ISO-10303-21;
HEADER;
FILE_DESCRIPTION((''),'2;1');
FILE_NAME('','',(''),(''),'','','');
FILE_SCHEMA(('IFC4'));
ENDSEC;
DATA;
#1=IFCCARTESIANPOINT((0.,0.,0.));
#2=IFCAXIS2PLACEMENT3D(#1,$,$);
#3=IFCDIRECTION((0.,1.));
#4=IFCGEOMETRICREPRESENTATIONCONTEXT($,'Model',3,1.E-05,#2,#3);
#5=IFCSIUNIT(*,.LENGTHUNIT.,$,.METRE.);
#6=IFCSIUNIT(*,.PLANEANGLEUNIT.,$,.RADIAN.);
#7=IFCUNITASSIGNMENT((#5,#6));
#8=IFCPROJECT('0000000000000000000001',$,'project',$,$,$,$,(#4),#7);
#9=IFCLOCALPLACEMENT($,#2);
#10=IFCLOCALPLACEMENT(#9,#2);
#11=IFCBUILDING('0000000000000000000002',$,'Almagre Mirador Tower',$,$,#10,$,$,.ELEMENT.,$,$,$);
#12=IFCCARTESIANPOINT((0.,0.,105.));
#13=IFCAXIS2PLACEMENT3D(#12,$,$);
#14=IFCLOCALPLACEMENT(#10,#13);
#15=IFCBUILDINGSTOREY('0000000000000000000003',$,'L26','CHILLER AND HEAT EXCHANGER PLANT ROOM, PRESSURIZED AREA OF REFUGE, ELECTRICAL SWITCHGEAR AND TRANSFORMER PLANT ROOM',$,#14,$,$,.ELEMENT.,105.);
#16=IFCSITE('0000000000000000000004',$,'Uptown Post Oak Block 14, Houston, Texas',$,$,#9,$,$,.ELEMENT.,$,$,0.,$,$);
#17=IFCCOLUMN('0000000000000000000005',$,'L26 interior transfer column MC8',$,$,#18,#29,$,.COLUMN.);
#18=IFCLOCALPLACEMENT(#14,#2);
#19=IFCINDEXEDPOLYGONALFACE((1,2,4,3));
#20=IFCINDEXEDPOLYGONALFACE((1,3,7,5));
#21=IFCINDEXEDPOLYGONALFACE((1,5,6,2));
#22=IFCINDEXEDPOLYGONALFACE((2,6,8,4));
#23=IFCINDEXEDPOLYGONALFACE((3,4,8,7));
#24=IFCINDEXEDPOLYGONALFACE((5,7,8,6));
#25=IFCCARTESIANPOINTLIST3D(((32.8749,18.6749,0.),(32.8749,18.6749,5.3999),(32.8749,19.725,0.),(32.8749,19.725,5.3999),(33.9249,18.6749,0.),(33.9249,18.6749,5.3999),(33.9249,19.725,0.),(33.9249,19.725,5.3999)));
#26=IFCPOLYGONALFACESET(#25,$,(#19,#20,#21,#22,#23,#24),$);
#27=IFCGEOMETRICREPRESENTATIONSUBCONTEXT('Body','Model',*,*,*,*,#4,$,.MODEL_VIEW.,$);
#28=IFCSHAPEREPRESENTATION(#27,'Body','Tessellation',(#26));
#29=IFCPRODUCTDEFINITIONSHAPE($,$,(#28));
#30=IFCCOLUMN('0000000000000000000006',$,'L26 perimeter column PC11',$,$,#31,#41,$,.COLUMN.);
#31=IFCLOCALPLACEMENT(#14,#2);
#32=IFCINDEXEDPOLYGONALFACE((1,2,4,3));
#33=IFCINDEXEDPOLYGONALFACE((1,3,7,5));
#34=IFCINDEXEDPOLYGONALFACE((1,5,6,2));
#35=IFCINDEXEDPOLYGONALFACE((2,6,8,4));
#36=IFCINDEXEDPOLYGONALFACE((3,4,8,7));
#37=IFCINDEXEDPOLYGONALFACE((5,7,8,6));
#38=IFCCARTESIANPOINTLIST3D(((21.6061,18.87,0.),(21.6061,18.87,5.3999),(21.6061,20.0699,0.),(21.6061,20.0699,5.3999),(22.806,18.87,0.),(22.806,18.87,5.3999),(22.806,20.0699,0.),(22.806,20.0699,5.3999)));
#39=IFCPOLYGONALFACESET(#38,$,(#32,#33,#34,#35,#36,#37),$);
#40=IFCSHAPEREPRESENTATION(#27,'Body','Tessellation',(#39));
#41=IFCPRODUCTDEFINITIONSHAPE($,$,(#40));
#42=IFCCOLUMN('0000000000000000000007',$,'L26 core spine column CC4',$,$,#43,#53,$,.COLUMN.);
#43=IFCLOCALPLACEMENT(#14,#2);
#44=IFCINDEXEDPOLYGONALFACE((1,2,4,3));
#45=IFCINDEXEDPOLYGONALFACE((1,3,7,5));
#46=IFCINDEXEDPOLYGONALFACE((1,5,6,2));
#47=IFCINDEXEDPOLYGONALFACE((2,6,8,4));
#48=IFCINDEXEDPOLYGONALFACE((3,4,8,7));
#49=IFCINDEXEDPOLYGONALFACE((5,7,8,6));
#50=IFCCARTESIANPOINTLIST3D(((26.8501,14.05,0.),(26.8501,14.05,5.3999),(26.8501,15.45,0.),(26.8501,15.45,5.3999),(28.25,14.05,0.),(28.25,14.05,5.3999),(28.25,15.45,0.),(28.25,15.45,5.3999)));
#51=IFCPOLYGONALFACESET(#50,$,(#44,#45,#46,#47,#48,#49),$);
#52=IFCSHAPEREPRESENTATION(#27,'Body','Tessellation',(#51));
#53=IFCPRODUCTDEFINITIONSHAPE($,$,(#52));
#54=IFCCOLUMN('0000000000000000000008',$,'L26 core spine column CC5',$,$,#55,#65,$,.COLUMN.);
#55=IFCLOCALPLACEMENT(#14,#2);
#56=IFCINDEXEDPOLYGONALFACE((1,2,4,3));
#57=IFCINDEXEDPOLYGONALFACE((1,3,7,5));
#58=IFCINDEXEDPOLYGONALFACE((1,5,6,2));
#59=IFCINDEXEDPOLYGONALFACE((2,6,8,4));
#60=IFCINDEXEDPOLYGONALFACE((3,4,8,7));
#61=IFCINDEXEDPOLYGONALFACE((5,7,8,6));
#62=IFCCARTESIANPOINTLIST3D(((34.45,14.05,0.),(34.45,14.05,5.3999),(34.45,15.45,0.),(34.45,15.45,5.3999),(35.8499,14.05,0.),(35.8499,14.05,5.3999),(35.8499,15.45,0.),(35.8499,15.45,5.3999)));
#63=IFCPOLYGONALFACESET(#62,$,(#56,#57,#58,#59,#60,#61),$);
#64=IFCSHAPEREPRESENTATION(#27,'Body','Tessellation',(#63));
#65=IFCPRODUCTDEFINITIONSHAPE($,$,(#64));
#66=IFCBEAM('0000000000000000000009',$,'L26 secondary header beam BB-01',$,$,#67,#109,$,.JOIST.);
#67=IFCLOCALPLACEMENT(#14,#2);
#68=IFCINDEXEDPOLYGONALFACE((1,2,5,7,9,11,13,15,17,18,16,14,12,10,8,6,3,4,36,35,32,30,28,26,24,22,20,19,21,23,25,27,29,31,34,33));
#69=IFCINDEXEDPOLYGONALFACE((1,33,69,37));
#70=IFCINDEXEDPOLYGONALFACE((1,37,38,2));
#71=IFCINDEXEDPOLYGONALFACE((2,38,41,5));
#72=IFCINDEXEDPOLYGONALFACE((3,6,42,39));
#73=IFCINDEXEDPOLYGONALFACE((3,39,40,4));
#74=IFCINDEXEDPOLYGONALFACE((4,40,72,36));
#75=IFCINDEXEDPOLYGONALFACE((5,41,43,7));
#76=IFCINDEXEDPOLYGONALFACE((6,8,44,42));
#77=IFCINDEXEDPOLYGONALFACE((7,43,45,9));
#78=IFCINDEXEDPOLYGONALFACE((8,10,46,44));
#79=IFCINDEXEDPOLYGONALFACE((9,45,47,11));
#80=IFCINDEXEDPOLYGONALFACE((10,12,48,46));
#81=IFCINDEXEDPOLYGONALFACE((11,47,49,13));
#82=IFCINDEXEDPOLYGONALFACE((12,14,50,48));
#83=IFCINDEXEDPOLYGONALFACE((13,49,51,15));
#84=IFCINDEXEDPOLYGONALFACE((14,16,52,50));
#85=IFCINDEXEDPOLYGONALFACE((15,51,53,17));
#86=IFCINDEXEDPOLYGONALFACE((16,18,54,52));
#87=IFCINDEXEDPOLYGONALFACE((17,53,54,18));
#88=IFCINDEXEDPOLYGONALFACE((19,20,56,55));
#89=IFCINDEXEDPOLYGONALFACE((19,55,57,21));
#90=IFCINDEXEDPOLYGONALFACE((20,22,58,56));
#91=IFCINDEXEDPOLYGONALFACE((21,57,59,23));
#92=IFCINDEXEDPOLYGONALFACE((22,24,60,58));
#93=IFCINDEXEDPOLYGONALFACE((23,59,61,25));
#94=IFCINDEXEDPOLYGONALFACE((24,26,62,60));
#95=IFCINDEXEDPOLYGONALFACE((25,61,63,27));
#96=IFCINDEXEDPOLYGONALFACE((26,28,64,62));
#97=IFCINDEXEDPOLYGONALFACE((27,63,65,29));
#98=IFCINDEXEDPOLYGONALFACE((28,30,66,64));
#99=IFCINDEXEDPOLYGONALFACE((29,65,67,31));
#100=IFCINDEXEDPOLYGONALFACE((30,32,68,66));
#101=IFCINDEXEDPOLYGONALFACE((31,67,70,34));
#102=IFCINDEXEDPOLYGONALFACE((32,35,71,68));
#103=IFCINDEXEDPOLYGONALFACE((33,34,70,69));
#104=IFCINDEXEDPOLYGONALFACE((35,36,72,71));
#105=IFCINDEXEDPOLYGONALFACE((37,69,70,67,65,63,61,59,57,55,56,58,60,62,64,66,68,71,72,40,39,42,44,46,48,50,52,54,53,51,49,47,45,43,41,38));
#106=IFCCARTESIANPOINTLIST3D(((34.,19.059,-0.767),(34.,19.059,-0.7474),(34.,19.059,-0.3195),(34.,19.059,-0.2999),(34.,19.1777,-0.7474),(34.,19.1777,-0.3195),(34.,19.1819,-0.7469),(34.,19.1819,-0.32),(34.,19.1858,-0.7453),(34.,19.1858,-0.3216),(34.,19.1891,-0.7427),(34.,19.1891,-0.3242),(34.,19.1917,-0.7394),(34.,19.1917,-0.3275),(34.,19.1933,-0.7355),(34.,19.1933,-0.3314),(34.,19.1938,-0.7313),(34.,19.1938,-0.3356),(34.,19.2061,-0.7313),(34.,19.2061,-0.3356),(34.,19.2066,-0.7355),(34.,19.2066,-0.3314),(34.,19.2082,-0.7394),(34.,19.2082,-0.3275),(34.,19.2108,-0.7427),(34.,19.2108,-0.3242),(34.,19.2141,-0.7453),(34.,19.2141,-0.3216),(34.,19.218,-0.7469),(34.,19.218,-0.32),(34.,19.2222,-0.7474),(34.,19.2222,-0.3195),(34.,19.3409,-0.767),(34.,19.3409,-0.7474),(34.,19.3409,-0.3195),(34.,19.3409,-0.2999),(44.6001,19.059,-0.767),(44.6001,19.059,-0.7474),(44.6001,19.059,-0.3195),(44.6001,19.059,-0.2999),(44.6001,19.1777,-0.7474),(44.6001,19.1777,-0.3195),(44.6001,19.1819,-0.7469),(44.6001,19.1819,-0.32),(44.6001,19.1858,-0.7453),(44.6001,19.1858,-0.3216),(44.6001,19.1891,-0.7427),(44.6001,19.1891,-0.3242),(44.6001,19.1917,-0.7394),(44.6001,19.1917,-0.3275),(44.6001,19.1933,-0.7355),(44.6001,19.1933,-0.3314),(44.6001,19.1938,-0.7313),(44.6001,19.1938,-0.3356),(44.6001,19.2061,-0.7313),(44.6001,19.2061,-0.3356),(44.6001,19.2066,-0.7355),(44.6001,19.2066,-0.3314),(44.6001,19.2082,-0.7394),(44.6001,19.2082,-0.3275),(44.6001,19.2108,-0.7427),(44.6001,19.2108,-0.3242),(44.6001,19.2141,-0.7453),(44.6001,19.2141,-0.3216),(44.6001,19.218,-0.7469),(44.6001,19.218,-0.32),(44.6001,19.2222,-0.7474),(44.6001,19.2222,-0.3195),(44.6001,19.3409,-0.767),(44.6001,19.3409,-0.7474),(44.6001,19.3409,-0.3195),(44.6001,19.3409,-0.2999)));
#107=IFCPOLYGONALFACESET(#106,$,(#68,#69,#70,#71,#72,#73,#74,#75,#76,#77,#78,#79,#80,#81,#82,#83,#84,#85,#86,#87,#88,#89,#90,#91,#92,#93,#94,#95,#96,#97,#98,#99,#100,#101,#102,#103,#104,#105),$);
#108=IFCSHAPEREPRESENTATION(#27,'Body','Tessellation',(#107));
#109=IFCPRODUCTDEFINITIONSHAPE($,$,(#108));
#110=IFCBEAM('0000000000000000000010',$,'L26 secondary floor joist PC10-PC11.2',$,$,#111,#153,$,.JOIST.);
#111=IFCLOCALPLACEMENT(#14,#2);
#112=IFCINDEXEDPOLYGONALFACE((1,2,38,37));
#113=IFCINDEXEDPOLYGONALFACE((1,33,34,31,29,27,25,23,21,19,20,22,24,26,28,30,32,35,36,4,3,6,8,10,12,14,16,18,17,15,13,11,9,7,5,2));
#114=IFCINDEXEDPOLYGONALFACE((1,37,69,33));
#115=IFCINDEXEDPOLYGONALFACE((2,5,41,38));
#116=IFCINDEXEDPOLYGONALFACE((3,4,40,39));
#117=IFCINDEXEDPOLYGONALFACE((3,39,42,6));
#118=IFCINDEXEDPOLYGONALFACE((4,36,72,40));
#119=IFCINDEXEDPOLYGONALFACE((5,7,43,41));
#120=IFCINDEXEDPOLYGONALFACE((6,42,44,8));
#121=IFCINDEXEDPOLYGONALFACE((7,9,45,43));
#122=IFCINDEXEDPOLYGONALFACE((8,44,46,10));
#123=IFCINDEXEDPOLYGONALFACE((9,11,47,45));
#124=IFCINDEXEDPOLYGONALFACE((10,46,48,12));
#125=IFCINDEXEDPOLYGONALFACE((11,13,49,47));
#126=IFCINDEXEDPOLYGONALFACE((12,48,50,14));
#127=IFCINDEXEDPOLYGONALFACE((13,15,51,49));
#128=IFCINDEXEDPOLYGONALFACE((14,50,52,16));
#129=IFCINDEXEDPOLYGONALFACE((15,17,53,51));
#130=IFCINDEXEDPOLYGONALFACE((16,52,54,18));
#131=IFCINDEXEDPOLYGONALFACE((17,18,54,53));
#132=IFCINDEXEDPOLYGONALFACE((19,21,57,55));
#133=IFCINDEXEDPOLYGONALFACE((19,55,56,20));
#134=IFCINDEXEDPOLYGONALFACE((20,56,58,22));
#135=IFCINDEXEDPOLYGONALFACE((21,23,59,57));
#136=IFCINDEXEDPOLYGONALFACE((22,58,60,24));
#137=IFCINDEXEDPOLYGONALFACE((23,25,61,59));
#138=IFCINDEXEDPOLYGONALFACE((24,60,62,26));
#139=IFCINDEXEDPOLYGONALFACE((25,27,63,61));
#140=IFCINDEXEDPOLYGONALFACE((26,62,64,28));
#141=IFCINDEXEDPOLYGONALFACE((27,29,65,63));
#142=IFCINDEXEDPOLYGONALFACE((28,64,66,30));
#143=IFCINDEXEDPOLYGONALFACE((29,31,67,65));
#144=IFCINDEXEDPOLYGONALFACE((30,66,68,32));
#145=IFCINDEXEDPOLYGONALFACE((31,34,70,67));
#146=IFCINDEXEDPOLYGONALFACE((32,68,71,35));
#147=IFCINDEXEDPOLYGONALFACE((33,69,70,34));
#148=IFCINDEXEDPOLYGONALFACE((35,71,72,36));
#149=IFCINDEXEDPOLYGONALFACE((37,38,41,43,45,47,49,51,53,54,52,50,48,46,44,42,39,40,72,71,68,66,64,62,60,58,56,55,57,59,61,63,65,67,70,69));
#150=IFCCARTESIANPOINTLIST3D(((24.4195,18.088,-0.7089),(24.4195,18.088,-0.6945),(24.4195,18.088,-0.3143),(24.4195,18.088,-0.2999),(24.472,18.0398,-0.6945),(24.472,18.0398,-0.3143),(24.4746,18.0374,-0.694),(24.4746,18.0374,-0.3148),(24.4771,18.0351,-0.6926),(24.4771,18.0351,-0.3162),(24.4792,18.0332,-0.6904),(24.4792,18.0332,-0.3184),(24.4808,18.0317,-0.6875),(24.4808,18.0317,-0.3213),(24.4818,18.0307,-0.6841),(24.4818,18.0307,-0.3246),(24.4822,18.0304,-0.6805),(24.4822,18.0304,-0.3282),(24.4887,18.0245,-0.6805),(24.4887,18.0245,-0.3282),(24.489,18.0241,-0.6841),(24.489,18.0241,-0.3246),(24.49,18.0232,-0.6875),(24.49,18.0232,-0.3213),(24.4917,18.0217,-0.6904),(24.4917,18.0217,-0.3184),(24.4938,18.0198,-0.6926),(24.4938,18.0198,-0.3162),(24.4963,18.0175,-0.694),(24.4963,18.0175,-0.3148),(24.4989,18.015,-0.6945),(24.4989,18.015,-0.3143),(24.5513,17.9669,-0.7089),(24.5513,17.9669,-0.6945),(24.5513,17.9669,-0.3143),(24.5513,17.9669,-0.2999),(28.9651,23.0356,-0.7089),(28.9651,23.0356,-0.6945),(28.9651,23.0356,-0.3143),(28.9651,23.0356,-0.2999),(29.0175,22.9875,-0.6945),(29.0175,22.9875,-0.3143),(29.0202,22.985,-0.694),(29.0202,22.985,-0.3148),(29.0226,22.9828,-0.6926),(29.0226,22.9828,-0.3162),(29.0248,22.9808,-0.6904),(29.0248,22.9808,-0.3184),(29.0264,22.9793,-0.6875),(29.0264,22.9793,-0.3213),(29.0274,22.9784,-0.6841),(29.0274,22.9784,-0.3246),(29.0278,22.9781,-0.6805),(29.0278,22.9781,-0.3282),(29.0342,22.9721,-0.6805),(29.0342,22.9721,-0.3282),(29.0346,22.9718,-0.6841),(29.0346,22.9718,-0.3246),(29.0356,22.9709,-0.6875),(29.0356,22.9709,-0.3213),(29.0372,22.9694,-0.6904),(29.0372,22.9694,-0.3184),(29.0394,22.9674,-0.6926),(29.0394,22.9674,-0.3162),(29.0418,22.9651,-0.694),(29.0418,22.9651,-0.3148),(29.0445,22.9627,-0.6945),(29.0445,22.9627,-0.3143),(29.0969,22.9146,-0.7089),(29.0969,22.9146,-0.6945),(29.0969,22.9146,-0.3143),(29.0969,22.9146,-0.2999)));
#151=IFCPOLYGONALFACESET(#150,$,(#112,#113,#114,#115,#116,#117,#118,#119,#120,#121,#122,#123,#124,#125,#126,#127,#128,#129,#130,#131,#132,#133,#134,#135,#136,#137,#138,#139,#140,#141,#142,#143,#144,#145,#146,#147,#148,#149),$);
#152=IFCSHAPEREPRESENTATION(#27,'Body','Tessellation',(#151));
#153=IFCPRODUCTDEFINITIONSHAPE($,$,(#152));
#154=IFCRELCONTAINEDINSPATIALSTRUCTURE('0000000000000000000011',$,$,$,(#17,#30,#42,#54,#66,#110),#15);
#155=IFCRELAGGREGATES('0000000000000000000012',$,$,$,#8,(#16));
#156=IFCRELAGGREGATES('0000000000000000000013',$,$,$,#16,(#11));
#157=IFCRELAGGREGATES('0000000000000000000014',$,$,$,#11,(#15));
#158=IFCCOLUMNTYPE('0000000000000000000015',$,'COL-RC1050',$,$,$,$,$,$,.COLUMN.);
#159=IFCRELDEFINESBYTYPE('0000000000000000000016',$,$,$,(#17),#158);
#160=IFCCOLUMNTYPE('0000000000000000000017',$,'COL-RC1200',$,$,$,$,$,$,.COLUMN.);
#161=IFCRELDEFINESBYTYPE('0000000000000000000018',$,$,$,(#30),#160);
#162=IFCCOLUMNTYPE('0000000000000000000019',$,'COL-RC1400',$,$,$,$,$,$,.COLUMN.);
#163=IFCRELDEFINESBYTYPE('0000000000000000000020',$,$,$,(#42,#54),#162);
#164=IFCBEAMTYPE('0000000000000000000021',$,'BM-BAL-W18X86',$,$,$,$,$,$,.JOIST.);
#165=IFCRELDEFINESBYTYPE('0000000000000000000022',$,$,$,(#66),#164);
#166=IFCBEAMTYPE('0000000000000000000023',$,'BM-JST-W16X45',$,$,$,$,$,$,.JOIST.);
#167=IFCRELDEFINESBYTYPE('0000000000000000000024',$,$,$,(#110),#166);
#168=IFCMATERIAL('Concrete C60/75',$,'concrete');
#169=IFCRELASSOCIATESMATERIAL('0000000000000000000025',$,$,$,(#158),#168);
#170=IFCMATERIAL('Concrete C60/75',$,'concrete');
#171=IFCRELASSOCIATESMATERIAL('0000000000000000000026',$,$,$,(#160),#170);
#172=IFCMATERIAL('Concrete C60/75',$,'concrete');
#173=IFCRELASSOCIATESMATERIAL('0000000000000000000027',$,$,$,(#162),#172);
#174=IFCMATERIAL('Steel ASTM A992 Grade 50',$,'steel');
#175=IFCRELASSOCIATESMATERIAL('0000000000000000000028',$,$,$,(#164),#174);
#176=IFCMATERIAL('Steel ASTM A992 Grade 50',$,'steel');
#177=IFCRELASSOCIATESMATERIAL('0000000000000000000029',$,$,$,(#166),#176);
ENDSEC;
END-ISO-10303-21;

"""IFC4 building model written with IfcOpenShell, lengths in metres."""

from ifc_helpers import new_model, si_unit, direction, frame, origin, origin_2d, place, context, subcontext, project, spatial, rectangle, i_section, extrude, material, material_profile, profile_set, type_object, element, save


model = new_model("IFC4")

# Units and contexts
model_context = context("Model", 3, precision=1e-05, world=origin(), true_north=direction((0.0, 1.0)))
body_context = subcontext(model_context, "Body", "Model", "MODEL_VIEW")
ifc_project = project(units=[si_unit("LENGTHUNIT", "METRE"), si_unit("PLANEANGLEUNIT", "RADIAN")], contexts=[model_context])

# Site, building, storey
site_placement = place(None, origin())
site = spatial("IfcSite", under=ifc_project, at=site_placement, Name="Uptown Post Oak Block 14, Houston, Texas", CompositionType="ELEMENT", RefElevation=0.0)
building_placement = place(site_placement, origin())
building = spatial("IfcBuilding", under=site, at=building_placement, Name="Almagre Mirador Tower", CompositionType="ELEMENT")
storey_placement = place(building_placement, frame((0.0, 0.0, 105.0)))
storey = spatial("IfcBuildingStorey", under=building, at=storey_placement, Name="L26", Description="CHILLER AND HEAT EXCHANGER PLANT ROOM, PRESSURIZED AREA OF REFUGE, ELECTRICAL SWITCHGEAR AND TRANSFORMER PLANT ROOM", CompositionType="ELEMENT", Elevation=105.0)

# Columns
ifc_material_1 = material(Name="Concrete C60/75", Category="concrete")
ifc_material_profile_1 = material_profile(ifc_material_1, rectangle(XDim=1.05, YDim=1.05, at=origin_2d()), Name="RC1050X1050")
ifc_profile_set_1 = profile_set([ifc_material_profile_1], Name="Concrete C60/75")
column_type_1 = type_object("IfcColumnType", Name="COL-RC1050", PredefinedType="COLUMN", material=ifc_profile_set_1)
column_1_placement = place(storey_placement, frame((33.3999, 19.2, 0.0), z_axis=(0.0, 0.0, 1.0), x_axis=(1.0, 0.0, 0.0)))
element("IfcColumn", 1, at=column_1_placement, inside=storey, type_object=column_type_1, Name="L26 interior transfer column MC8", PredefinedType="COLUMN", context=body_context, shape_type="SweptSolid", body=[
    extrude(rectangle(XDim=1.05, YDim=1.05, at=origin_2d()), origin(), (0.0, 0.0, 1.0), 5.3999),
])
ifc_material_2 = material(Name="Concrete C60/75", Category="concrete")
ifc_material_profile_2 = material_profile(ifc_material_2, rectangle(XDim=1.2, YDim=1.2, at=origin_2d()), Name="RC1200X1200")
ifc_profile_set_2 = profile_set([ifc_material_profile_2], Name="Concrete C60/75")
column_type_2 = type_object("IfcColumnType", Name="COL-RC1200", PredefinedType="COLUMN", material=ifc_profile_set_2)
column_2_placement = place(storey_placement, frame((22.2061, 19.47, 0.0), z_axis=(0.0, 0.0, 1.0), x_axis=(1.0, 0.0, 0.0)))
element("IfcColumn", 2, at=column_2_placement, inside=storey, type_object=column_type_2, Name="L26 perimeter column PC11", PredefinedType="COLUMN", context=body_context, shape_type="SweptSolid", body=[
    extrude(rectangle(XDim=1.2, YDim=1.2, at=origin_2d()), origin(), (0.0, 0.0, 1.0), 5.3999),
])
ifc_material_3 = material(Name="Concrete C60/75", Category="concrete")
ifc_material_profile_3 = material_profile(ifc_material_3, rectangle(XDim=1.3999, YDim=1.3999, at=origin_2d()), Name="RC1400X1400")
ifc_profile_set_3 = profile_set([ifc_material_profile_3], Name="Concrete C60/75")
column_type_3 = type_object("IfcColumnType", Name="COL-RC1400", PredefinedType="COLUMN", material=ifc_profile_set_3)
for number, where, z_axis, x_axis, name in (
    (3, (27.55, 14.75, 0.0), (0.0, 0.0, 1.0), (1.0, 0.0, 0.0), "L26 core spine column CC4"),
    (4, (35.1499, 14.75, 0.0), (0.0, 0.0, 1.0), (1.0, 0.0, 0.0), "L26 core spine column CC5"),
):
    element("IfcColumn", number, at=place(storey_placement, frame(where, z_axis=z_axis, x_axis=x_axis)), inside=storey, type_object=column_type_3, Name=name, PredefinedType="COLUMN", context=body_context, shape_type="SweptSolid", body=[
        extrude(rectangle(XDim=1.3999, YDim=1.3999, at=origin_2d()), origin(), (0.0, 0.0, 1.0), 5.3999),
    ])

# Beams
ifc_material_4 = material(Name="Steel ASTM A992 Grade 50", Category="steel")
ifc_material_profile_4 = material_profile(ifc_material_4, i_section(OverallWidth=0.282, OverallDepth=0.467, WebThickness=0.0122, FlangeThickness=0.0195, FilletRadius=0.0161, at=origin_2d()), Name="W18X86")
ifc_profile_set_4 = profile_set([ifc_material_profile_4], Name="Steel ASTM A992 Grade 50")
beam_type_1 = type_object("IfcBeamType", Name="BM-BAL-W18X86", PredefinedType="JOIST", material=ifc_profile_set_4)
beam_1_placement = place(storey_placement, frame((34.0, 19.2, -0.5334), z_axis=(1.0, 0.0, 0.0), x_axis=(0.0, 1.0, 0.0)))
element("IfcBeam", 5, at=beam_1_placement, inside=storey, type_object=beam_type_1, Name="L26 secondary header beam BB-01", PredefinedType="JOIST", context=body_context, shape_type="SweptSolid", body=[
    extrude(i_section(OverallWidth=0.282, OverallDepth=0.467, WebThickness=0.0122, FlangeThickness=0.0195, FilletRadius=0.0161, at=origin_2d()), origin(), (0.0, 0.0, 1.0), 10.6001),
])
ifc_material_5 = material(Name="Steel ASTM A992 Grade 50", Category="steel")
ifc_material_profile_5 = material_profile(ifc_material_5, i_section(OverallWidth=0.179, OverallDepth=0.4089, WebThickness=0.0088, FlangeThickness=0.0144, FilletRadius=0.0139, at=origin_2d()), Name="W16X45")
ifc_profile_set_5 = profile_set([ifc_material_profile_5], Name="Steel ASTM A992 Grade 50")
beam_type_2 = type_object("IfcBeamType", Name="BM-JST-W16X45", PredefinedType="JOIST", material=ifc_profile_set_5)
beam_2_placement = place(storey_placement, frame((29.031, 22.9751, -0.5044), z_axis=(-0.67655, -0.736397, 0.0), x_axis=(0.736397, -0.67655, 0.0)))
element("IfcBeam", 6, at=beam_2_placement, inside=storey, type_object=beam_type_2, Name="L26 secondary floor joist PC10-PC11.2", PredefinedType="JOIST", context=body_context, shape_type="SweptSolid", body=[
    extrude(i_section(OverallWidth=0.179, OverallDepth=0.4089, WebThickness=0.0088, FlangeThickness=0.0144, FilletRadius=0.0139, at=origin_2d()), origin(), (0.0, 0.0, 1.0), 6.7188),
])

save(model, "model.ifc")
